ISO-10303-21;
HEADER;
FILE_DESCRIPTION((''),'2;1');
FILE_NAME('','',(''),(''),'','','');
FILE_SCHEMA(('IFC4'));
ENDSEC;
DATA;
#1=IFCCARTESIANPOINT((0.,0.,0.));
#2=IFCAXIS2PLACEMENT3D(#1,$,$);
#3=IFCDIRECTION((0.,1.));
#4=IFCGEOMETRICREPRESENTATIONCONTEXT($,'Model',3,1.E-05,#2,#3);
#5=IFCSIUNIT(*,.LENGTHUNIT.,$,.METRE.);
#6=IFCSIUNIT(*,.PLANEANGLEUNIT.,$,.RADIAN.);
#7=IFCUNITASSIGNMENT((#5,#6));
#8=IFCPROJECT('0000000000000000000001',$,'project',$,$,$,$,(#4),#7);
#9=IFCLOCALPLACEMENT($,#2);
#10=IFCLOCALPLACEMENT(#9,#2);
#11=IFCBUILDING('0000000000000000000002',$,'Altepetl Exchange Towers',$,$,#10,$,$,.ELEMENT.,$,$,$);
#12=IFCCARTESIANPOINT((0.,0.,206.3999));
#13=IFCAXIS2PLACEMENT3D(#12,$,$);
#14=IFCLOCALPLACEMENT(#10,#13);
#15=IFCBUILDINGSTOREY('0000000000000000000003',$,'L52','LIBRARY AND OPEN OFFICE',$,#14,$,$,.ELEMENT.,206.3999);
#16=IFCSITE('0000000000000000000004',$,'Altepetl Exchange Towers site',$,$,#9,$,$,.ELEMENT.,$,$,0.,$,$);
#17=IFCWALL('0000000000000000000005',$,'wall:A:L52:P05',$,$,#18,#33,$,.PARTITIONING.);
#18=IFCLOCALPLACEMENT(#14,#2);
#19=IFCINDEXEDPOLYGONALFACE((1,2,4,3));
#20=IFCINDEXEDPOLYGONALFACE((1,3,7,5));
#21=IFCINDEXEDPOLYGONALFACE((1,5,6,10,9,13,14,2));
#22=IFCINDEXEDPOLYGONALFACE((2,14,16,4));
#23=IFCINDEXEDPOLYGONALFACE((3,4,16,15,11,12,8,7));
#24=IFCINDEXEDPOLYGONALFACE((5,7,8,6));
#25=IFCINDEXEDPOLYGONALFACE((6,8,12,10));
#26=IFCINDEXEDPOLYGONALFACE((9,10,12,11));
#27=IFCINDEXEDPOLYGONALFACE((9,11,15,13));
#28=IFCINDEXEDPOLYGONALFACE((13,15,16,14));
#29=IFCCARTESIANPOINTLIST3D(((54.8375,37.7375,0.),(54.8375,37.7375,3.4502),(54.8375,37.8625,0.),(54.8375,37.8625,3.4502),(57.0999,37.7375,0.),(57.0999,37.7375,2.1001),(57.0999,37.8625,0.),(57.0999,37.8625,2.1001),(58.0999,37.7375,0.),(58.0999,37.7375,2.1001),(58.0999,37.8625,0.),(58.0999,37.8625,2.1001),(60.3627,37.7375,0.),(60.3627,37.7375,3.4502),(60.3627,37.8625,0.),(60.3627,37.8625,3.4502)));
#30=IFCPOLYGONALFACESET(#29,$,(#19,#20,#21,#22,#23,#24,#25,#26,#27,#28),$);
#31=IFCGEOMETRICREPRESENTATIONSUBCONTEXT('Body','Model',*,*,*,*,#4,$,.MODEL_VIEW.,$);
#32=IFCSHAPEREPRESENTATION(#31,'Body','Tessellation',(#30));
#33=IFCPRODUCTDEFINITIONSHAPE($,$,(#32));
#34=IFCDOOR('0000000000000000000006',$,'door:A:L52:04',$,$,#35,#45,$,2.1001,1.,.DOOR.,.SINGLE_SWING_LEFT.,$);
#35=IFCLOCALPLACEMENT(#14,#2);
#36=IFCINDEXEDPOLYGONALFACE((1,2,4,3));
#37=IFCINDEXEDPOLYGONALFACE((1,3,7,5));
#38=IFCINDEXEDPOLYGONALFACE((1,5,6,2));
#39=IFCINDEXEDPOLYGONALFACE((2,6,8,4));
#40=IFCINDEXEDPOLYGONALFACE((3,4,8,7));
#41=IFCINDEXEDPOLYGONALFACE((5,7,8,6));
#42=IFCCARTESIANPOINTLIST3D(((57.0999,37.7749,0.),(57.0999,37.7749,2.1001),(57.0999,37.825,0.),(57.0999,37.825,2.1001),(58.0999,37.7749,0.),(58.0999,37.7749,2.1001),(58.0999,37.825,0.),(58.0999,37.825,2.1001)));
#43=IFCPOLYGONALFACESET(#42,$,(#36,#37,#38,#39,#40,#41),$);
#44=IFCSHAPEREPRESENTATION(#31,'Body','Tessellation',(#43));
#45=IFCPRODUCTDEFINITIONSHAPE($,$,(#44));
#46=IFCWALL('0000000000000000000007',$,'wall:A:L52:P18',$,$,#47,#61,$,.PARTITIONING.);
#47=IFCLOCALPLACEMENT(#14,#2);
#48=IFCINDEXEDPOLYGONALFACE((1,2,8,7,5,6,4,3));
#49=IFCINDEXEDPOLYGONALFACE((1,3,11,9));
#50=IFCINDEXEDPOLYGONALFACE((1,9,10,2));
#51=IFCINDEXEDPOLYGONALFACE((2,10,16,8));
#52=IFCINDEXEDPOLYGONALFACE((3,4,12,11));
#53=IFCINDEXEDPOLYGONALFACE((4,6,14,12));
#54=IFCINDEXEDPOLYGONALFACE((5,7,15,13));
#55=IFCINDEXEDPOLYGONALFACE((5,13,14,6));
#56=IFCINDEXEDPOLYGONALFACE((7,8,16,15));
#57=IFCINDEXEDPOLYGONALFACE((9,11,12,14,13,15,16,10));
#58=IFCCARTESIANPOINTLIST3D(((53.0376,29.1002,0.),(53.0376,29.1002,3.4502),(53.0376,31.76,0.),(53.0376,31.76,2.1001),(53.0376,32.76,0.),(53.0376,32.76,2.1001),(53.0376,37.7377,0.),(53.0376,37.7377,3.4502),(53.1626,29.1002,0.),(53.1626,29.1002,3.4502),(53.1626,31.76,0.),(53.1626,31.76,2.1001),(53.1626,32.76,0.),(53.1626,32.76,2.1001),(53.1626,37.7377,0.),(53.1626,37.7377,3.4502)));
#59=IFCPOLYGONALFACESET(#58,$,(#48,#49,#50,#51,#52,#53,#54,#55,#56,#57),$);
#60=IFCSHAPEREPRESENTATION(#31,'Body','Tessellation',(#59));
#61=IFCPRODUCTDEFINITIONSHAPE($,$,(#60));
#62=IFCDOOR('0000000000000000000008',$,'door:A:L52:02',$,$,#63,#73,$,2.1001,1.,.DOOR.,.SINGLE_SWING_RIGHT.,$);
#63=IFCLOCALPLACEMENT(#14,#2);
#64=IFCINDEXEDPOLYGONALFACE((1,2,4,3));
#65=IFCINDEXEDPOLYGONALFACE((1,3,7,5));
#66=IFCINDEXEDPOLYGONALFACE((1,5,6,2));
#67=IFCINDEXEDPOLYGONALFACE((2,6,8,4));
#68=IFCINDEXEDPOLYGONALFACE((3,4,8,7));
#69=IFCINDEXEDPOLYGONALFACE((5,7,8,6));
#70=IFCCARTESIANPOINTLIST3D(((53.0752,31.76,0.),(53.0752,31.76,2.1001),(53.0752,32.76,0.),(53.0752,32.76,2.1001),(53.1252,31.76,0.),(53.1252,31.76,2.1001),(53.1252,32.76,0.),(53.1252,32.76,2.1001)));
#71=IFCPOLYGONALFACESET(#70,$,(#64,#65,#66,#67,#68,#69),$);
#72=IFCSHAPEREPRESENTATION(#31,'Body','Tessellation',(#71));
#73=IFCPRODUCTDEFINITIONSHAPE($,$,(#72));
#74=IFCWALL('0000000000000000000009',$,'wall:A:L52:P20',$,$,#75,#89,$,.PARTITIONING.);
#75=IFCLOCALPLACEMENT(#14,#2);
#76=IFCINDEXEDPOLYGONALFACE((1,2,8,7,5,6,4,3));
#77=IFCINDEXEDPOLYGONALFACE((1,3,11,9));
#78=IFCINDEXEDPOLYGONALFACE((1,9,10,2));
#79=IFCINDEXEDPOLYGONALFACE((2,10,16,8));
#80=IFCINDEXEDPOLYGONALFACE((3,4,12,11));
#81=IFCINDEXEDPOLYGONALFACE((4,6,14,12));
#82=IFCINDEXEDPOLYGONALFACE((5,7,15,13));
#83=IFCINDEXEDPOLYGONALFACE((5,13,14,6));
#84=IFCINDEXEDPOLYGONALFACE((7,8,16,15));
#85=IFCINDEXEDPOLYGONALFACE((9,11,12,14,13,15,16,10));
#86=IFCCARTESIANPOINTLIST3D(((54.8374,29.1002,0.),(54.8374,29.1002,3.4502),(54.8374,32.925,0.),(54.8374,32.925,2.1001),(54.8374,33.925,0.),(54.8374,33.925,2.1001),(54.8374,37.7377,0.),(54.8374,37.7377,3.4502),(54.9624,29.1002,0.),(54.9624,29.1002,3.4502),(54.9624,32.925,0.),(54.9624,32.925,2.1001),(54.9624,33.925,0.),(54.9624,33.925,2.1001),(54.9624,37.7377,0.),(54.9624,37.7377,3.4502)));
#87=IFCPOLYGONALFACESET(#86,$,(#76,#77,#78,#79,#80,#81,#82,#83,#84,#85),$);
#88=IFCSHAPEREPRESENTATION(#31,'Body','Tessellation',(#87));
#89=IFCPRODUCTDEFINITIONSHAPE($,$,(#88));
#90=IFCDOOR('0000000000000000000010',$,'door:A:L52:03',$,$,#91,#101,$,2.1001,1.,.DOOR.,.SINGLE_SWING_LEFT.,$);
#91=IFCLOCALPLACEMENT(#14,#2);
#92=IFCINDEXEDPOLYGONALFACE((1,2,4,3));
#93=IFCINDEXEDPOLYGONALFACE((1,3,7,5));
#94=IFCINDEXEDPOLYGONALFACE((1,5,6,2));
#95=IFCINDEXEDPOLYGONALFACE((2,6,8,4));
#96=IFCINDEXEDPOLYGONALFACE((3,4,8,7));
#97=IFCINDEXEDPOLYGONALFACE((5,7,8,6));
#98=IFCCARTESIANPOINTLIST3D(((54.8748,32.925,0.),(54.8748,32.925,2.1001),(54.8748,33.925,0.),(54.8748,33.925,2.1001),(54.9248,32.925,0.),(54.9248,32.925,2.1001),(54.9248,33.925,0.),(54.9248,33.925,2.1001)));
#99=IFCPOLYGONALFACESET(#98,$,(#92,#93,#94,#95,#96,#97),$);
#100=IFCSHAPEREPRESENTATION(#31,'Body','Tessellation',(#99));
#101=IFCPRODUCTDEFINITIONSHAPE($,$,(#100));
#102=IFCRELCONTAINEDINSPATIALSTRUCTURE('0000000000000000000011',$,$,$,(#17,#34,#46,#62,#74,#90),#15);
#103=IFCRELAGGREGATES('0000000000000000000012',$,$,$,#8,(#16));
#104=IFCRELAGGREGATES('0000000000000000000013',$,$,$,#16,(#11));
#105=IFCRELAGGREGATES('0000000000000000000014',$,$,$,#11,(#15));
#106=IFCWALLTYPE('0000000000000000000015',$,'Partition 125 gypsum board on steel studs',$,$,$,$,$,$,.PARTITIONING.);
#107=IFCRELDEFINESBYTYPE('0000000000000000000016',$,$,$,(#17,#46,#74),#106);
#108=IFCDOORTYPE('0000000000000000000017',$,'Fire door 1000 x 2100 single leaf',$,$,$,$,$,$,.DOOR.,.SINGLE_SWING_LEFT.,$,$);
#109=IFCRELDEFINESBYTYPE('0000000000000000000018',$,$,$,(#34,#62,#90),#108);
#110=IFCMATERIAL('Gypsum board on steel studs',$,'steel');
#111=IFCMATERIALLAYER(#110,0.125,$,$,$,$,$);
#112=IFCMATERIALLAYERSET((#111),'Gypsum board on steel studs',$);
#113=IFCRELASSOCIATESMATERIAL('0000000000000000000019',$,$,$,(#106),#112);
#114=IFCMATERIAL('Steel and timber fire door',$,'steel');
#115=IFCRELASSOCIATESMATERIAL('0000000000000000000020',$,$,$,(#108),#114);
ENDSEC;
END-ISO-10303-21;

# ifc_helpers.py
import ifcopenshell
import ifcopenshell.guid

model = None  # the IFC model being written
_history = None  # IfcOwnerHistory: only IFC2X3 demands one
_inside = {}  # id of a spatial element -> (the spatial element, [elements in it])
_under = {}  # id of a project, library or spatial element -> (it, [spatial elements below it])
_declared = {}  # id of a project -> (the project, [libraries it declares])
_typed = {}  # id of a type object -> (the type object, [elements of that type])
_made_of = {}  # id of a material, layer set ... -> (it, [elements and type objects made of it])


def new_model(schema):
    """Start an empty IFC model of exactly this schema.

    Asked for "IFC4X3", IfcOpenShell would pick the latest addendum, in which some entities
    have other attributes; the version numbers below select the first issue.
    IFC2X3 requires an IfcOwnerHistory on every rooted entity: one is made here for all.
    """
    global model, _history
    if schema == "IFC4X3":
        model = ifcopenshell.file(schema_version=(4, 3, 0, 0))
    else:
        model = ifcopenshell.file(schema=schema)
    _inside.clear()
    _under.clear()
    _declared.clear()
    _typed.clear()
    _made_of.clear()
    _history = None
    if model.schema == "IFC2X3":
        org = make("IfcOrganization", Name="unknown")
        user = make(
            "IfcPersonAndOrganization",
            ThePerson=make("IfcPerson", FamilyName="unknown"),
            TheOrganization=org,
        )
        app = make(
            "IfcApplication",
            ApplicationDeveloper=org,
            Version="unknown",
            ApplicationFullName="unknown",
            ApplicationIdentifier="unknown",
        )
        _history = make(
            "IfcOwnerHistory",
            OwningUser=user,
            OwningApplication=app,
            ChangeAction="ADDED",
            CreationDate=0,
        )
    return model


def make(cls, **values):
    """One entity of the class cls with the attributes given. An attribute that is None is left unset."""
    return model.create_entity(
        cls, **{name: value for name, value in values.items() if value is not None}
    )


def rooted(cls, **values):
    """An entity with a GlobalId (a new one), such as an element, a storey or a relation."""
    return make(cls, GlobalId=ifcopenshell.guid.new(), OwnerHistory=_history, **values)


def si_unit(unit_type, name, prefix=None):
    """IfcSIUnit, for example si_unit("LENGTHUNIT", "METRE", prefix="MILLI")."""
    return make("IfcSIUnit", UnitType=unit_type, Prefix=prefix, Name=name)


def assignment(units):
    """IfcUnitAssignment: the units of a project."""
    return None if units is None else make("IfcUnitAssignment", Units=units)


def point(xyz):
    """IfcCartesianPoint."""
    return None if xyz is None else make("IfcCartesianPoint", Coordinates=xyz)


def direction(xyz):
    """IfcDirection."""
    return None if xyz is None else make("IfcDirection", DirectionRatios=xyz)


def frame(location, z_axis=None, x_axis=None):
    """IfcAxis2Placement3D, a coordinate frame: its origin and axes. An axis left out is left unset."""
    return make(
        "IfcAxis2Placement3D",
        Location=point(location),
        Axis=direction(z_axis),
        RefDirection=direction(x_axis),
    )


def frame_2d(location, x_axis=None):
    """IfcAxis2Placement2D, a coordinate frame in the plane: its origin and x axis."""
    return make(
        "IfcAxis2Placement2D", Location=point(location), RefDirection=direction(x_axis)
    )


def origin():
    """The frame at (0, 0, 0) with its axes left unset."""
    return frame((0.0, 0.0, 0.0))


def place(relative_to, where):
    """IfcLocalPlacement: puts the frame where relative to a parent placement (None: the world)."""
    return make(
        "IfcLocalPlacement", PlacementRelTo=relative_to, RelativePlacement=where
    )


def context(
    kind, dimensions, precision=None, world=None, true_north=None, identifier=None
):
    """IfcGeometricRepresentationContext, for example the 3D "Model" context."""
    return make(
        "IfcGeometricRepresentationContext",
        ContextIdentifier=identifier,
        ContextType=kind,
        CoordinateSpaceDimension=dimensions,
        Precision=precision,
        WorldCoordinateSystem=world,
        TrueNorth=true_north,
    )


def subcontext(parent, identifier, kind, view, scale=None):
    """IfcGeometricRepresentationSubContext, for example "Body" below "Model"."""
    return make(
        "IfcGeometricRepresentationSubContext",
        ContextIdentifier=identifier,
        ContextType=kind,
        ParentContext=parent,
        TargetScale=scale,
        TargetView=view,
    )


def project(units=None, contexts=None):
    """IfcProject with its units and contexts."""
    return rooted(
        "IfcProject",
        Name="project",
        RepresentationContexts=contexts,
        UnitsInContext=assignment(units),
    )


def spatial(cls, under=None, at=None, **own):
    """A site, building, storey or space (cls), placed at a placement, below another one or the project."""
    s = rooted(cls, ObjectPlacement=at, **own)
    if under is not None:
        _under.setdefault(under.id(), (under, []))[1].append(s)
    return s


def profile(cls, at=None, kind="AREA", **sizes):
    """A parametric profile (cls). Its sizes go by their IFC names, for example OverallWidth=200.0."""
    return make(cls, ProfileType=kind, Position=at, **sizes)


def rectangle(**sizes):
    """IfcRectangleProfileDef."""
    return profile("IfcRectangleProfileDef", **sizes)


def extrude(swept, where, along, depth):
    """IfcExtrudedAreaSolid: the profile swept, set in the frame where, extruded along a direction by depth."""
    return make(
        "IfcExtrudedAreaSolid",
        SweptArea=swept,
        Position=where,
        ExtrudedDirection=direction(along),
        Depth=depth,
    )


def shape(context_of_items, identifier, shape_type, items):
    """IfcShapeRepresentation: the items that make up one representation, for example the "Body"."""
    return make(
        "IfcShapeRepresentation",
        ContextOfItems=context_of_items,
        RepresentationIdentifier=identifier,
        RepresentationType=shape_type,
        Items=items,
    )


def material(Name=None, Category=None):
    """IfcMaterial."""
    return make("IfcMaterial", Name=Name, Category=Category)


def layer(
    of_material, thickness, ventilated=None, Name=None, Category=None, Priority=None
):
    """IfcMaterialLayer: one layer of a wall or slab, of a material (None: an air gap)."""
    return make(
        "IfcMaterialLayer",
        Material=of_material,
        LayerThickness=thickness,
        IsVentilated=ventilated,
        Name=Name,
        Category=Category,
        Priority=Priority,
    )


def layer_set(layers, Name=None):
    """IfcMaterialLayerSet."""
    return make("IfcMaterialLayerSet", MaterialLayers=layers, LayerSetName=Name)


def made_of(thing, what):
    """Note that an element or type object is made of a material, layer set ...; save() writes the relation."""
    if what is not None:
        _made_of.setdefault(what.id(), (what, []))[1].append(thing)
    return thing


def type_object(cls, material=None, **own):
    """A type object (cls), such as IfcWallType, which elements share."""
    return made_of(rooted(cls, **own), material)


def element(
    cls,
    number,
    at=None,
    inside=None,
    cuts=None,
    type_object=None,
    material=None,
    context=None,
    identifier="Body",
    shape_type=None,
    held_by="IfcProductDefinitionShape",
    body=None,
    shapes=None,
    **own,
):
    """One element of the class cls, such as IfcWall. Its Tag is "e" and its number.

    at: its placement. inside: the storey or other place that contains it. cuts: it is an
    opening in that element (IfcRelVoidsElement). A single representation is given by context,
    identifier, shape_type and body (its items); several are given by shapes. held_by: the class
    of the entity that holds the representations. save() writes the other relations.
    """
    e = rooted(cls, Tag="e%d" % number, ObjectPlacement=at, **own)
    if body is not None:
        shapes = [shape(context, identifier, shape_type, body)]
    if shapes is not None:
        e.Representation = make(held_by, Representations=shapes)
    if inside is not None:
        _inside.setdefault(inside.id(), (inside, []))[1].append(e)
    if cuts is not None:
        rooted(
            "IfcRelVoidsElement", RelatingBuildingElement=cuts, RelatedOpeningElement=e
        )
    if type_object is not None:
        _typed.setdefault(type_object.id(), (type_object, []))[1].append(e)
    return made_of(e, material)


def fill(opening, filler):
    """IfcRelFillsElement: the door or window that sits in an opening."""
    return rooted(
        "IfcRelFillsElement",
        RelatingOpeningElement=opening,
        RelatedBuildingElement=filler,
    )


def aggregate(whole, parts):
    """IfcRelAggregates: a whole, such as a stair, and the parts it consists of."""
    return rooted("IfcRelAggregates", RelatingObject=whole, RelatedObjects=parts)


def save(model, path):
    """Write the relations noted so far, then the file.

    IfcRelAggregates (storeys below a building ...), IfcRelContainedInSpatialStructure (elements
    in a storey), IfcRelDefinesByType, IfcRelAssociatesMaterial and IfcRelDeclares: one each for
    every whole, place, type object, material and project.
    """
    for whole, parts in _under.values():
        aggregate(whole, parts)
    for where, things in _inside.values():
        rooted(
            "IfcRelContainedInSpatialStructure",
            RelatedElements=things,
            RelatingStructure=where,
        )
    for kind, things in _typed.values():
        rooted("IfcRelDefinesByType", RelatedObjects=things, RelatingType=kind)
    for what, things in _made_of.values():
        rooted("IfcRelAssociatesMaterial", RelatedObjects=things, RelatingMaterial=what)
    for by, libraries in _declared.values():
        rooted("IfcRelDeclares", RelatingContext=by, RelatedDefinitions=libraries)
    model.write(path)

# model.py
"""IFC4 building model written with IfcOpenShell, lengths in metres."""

from ifc_helpers import new_model, si_unit, direction, frame, frame_2d, origin, place, context, subcontext, project, spatial, rectangle, extrude, material, layer, layer_set, type_object, element, fill, save


model = new_model("IFC4")

# Units and contexts
model_context = context("Model", 3, precision=1e-05, world=origin(), true_north=direction((0.0, 1.0)))
body_context = subcontext(model_context, "Body", "Model", "MODEL_VIEW")
ifc_project = project(units=[si_unit("LENGTHUNIT", "METRE"), si_unit("PLANEANGLEUNIT", "RADIAN")], contexts=[model_context])

# Site, building, storey
site_placement = place(None, origin())
site = spatial("IfcSite", under=ifc_project, at=site_placement, Name="Altepetl Exchange Towers site", CompositionType="ELEMENT", RefElevation=0.0)
building_placement = place(site_placement, origin())
building = spatial("IfcBuilding", under=site, at=building_placement, Name="Altepetl Exchange Towers", CompositionType="ELEMENT")
storey_placement = place(building_placement, frame((0.0, 0.0, 206.3999)))
storey = spatial("IfcBuildingStorey", under=building, at=storey_placement, Name="L52", Description="LIBRARY AND OPEN OFFICE", CompositionType="ELEMENT", Elevation=206.3999)

# Shared definitions
ifc_material_1 = material(Name="Gypsum board on steel studs", Category="steel")
ifc_layer_1 = layer(ifc_material_1, 0.125)
ifc_layer_set_1 = layer_set([ifc_layer_1], Name="Gypsum board on steel studs")
wall_type = type_object("IfcWallType", Name="Partition 125 gypsum board on steel studs", PredefinedType="PARTITIONING", material=ifc_layer_set_1)

# Walls, openings, doors
wall_1_placement = place(storey_placement, frame((54.8374, 37.8, 0.0)))
wall_1 = element("IfcWall", 1, at=wall_1_placement, inside=storey, type_object=wall_type, Name="wall:A:L52:P05", PredefinedType="PARTITIONING", context=body_context, shape_type="SweptSolid", body=[
    extrude(rectangle(XDim=5.5251, YDim=0.125, at=frame_2d((2.7627, 0.0))), origin(), (0.0, 0.0, 1.0), 3.4502),
])
opening_1_placement = place(wall_1_placement, frame((2.2625, 0.0, 0.0)))
opening_1 = element("IfcOpeningElement", 2, at=opening_1_placement, cuts=wall_1, PredefinedType="OPENING", context=body_context, shape_type="SweptSolid", body=[
    extrude(rectangle(XDim=1.0, YDim=2.1001, at=frame_2d((0.5, 1.05))), frame((0.0, 0.0725, 0.0), z_axis=(0.0, -1.0, 0.0), x_axis=(1.0, 0.0, 0.0)), (0.0, 0.0, 1.0), 0.145),
])
ifc_material_2 = material(Name="Steel and timber fire door", Category="steel")
door_type = type_object("IfcDoorType", Name="Fire door 1000 x 2100 single leaf", OperationType="SINGLE_SWING_LEFT", PredefinedType="DOOR", material=ifc_material_2)
door_1_placement = place(opening_1_placement, origin())
door_1 = element("IfcDoor", 3, at=door_1_placement, inside=storey, type_object=door_type, Name="door:A:L52:04", OperationType="SINGLE_SWING_LEFT", OverallHeight=2.1001, OverallWidth=1.0, PredefinedType="DOOR", context=body_context, shape_type="SweptSolid", body=[
    extrude(rectangle(XDim=1.0, YDim=2.1001, at=frame_2d((0.5, 1.05))), frame((0.0, 0.0249, 0.0), z_axis=(0.0, -1.0, 0.0), x_axis=(1.0, 0.0, 0.0)), (0.0, 0.0, 1.0), 0.05),
])
fill(opening_1, door_1)
wall_2_placement = place(storey_placement, frame((53.1001, 29.1001, 0.0), z_axis=(0.0, 0.0, 1.0), x_axis=(0.0, 1.0, 0.0)))
wall_2 = element("IfcWall", 4, at=wall_2_placement, inside=storey, type_object=wall_type, Name="wall:A:L52:P18", PredefinedType="PARTITIONING", context=body_context, shape_type="SweptSolid", body=[
    extrude(rectangle(XDim=8.6375, YDim=0.125, at=frame_2d((4.3188, 0.0))), origin(), (0.0, 0.0, 1.0), 3.4502),
])
opening_2_placement = place(wall_2_placement, frame((2.6599, 0.0, 0.0)))
opening_2 = element("IfcOpeningElement", 5, at=opening_2_placement, cuts=wall_2, PredefinedType="OPENING", context=body_context, shape_type="SweptSolid", body=[
    extrude(rectangle(XDim=1.0, YDim=2.1001, at=frame_2d((0.5, 1.05))), frame((0.0, 0.0725, 0.0), z_axis=(0.0, -1.0, 0.0), x_axis=(1.0, 0.0, 0.0)), (0.0, 0.0, 1.0), 0.145),
])
door_2_placement = place(opening_2_placement, origin())
door_2 = element("IfcDoor", 6, at=door_2_placement, inside=storey, type_object=door_type, Name="door:A:L52:02", OperationType="SINGLE_SWING_RIGHT", OverallHeight=2.1001, OverallWidth=1.0, PredefinedType="DOOR", context=body_context, shape_type="SweptSolid", body=[
    extrude(rectangle(XDim=1.0, YDim=2.1001, at=frame_2d((0.5, 1.05))), frame((0.0, 0.0249, 0.0), z_axis=(0.0, -1.0, 0.0), x_axis=(1.0, 0.0, 0.0)), (0.0, 0.0, 1.0), 0.05),
])
fill(opening_2, door_2)
wall_3_placement = place(storey_placement, frame((54.8999, 29.1001, 0.0), z_axis=(0.0, 0.0, 1.0), x_axis=(0.0, 1.0, 0.0)))
wall_3 = element("IfcWall", 7, at=wall_3_placement, inside=storey, type_object=wall_type, Name="wall:A:L52:P20", PredefinedType="PARTITIONING", context=body_context, shape_type="SweptSolid", body=[
    extrude(rectangle(XDim=8.6375, YDim=0.125, at=frame_2d((4.3188, 0.0))), origin(), (0.0, 0.0, 1.0), 3.4502),
])
opening_3_placement = place(wall_3_placement, frame((3.825, 0.0, 0.0)))
opening_3 = element("IfcOpeningElement", 8, at=opening_3_placement, cuts=wall_3, PredefinedType="OPENING", context=body_context, shape_type="SweptSolid", body=[
    extrude(rectangle(XDim=1.0, YDim=2.1001, at=frame_2d((0.5, 1.05))), frame((0.0, 0.0725, 0.0), z_axis=(0.0, -1.0, 0.0), x_axis=(1.0, 0.0, 0.0)), (0.0, 0.0, 1.0), 0.145),
])
door_3_placement = place(opening_3_placement, frame((1.0, 0.0, 0.0), x_axis=(-1.0, 0.0, 0.0)))
door_3 = element("IfcDoor", 9, at=door_3_placement, inside=storey, type_object=door_type, Name="door:A:L52:03", OperationType="SINGLE_SWING_LEFT", OverallHeight=2.1001, OverallWidth=1.0, PredefinedType="DOOR", context=body_context, shape_type="SweptSolid", body=[
    extrude(rectangle(XDim=1.0, YDim=2.1001, at=frame_2d((0.5, 1.05))), frame((0.0, 0.0249, 0.0), z_axis=(0.0, -1.0, 0.0), x_axis=(1.0, 0.0, 0.0)), (0.0, 0.0, 1.0), 0.05),
])
fill(opening_3, door_3)

save(model, "model.ifc")
